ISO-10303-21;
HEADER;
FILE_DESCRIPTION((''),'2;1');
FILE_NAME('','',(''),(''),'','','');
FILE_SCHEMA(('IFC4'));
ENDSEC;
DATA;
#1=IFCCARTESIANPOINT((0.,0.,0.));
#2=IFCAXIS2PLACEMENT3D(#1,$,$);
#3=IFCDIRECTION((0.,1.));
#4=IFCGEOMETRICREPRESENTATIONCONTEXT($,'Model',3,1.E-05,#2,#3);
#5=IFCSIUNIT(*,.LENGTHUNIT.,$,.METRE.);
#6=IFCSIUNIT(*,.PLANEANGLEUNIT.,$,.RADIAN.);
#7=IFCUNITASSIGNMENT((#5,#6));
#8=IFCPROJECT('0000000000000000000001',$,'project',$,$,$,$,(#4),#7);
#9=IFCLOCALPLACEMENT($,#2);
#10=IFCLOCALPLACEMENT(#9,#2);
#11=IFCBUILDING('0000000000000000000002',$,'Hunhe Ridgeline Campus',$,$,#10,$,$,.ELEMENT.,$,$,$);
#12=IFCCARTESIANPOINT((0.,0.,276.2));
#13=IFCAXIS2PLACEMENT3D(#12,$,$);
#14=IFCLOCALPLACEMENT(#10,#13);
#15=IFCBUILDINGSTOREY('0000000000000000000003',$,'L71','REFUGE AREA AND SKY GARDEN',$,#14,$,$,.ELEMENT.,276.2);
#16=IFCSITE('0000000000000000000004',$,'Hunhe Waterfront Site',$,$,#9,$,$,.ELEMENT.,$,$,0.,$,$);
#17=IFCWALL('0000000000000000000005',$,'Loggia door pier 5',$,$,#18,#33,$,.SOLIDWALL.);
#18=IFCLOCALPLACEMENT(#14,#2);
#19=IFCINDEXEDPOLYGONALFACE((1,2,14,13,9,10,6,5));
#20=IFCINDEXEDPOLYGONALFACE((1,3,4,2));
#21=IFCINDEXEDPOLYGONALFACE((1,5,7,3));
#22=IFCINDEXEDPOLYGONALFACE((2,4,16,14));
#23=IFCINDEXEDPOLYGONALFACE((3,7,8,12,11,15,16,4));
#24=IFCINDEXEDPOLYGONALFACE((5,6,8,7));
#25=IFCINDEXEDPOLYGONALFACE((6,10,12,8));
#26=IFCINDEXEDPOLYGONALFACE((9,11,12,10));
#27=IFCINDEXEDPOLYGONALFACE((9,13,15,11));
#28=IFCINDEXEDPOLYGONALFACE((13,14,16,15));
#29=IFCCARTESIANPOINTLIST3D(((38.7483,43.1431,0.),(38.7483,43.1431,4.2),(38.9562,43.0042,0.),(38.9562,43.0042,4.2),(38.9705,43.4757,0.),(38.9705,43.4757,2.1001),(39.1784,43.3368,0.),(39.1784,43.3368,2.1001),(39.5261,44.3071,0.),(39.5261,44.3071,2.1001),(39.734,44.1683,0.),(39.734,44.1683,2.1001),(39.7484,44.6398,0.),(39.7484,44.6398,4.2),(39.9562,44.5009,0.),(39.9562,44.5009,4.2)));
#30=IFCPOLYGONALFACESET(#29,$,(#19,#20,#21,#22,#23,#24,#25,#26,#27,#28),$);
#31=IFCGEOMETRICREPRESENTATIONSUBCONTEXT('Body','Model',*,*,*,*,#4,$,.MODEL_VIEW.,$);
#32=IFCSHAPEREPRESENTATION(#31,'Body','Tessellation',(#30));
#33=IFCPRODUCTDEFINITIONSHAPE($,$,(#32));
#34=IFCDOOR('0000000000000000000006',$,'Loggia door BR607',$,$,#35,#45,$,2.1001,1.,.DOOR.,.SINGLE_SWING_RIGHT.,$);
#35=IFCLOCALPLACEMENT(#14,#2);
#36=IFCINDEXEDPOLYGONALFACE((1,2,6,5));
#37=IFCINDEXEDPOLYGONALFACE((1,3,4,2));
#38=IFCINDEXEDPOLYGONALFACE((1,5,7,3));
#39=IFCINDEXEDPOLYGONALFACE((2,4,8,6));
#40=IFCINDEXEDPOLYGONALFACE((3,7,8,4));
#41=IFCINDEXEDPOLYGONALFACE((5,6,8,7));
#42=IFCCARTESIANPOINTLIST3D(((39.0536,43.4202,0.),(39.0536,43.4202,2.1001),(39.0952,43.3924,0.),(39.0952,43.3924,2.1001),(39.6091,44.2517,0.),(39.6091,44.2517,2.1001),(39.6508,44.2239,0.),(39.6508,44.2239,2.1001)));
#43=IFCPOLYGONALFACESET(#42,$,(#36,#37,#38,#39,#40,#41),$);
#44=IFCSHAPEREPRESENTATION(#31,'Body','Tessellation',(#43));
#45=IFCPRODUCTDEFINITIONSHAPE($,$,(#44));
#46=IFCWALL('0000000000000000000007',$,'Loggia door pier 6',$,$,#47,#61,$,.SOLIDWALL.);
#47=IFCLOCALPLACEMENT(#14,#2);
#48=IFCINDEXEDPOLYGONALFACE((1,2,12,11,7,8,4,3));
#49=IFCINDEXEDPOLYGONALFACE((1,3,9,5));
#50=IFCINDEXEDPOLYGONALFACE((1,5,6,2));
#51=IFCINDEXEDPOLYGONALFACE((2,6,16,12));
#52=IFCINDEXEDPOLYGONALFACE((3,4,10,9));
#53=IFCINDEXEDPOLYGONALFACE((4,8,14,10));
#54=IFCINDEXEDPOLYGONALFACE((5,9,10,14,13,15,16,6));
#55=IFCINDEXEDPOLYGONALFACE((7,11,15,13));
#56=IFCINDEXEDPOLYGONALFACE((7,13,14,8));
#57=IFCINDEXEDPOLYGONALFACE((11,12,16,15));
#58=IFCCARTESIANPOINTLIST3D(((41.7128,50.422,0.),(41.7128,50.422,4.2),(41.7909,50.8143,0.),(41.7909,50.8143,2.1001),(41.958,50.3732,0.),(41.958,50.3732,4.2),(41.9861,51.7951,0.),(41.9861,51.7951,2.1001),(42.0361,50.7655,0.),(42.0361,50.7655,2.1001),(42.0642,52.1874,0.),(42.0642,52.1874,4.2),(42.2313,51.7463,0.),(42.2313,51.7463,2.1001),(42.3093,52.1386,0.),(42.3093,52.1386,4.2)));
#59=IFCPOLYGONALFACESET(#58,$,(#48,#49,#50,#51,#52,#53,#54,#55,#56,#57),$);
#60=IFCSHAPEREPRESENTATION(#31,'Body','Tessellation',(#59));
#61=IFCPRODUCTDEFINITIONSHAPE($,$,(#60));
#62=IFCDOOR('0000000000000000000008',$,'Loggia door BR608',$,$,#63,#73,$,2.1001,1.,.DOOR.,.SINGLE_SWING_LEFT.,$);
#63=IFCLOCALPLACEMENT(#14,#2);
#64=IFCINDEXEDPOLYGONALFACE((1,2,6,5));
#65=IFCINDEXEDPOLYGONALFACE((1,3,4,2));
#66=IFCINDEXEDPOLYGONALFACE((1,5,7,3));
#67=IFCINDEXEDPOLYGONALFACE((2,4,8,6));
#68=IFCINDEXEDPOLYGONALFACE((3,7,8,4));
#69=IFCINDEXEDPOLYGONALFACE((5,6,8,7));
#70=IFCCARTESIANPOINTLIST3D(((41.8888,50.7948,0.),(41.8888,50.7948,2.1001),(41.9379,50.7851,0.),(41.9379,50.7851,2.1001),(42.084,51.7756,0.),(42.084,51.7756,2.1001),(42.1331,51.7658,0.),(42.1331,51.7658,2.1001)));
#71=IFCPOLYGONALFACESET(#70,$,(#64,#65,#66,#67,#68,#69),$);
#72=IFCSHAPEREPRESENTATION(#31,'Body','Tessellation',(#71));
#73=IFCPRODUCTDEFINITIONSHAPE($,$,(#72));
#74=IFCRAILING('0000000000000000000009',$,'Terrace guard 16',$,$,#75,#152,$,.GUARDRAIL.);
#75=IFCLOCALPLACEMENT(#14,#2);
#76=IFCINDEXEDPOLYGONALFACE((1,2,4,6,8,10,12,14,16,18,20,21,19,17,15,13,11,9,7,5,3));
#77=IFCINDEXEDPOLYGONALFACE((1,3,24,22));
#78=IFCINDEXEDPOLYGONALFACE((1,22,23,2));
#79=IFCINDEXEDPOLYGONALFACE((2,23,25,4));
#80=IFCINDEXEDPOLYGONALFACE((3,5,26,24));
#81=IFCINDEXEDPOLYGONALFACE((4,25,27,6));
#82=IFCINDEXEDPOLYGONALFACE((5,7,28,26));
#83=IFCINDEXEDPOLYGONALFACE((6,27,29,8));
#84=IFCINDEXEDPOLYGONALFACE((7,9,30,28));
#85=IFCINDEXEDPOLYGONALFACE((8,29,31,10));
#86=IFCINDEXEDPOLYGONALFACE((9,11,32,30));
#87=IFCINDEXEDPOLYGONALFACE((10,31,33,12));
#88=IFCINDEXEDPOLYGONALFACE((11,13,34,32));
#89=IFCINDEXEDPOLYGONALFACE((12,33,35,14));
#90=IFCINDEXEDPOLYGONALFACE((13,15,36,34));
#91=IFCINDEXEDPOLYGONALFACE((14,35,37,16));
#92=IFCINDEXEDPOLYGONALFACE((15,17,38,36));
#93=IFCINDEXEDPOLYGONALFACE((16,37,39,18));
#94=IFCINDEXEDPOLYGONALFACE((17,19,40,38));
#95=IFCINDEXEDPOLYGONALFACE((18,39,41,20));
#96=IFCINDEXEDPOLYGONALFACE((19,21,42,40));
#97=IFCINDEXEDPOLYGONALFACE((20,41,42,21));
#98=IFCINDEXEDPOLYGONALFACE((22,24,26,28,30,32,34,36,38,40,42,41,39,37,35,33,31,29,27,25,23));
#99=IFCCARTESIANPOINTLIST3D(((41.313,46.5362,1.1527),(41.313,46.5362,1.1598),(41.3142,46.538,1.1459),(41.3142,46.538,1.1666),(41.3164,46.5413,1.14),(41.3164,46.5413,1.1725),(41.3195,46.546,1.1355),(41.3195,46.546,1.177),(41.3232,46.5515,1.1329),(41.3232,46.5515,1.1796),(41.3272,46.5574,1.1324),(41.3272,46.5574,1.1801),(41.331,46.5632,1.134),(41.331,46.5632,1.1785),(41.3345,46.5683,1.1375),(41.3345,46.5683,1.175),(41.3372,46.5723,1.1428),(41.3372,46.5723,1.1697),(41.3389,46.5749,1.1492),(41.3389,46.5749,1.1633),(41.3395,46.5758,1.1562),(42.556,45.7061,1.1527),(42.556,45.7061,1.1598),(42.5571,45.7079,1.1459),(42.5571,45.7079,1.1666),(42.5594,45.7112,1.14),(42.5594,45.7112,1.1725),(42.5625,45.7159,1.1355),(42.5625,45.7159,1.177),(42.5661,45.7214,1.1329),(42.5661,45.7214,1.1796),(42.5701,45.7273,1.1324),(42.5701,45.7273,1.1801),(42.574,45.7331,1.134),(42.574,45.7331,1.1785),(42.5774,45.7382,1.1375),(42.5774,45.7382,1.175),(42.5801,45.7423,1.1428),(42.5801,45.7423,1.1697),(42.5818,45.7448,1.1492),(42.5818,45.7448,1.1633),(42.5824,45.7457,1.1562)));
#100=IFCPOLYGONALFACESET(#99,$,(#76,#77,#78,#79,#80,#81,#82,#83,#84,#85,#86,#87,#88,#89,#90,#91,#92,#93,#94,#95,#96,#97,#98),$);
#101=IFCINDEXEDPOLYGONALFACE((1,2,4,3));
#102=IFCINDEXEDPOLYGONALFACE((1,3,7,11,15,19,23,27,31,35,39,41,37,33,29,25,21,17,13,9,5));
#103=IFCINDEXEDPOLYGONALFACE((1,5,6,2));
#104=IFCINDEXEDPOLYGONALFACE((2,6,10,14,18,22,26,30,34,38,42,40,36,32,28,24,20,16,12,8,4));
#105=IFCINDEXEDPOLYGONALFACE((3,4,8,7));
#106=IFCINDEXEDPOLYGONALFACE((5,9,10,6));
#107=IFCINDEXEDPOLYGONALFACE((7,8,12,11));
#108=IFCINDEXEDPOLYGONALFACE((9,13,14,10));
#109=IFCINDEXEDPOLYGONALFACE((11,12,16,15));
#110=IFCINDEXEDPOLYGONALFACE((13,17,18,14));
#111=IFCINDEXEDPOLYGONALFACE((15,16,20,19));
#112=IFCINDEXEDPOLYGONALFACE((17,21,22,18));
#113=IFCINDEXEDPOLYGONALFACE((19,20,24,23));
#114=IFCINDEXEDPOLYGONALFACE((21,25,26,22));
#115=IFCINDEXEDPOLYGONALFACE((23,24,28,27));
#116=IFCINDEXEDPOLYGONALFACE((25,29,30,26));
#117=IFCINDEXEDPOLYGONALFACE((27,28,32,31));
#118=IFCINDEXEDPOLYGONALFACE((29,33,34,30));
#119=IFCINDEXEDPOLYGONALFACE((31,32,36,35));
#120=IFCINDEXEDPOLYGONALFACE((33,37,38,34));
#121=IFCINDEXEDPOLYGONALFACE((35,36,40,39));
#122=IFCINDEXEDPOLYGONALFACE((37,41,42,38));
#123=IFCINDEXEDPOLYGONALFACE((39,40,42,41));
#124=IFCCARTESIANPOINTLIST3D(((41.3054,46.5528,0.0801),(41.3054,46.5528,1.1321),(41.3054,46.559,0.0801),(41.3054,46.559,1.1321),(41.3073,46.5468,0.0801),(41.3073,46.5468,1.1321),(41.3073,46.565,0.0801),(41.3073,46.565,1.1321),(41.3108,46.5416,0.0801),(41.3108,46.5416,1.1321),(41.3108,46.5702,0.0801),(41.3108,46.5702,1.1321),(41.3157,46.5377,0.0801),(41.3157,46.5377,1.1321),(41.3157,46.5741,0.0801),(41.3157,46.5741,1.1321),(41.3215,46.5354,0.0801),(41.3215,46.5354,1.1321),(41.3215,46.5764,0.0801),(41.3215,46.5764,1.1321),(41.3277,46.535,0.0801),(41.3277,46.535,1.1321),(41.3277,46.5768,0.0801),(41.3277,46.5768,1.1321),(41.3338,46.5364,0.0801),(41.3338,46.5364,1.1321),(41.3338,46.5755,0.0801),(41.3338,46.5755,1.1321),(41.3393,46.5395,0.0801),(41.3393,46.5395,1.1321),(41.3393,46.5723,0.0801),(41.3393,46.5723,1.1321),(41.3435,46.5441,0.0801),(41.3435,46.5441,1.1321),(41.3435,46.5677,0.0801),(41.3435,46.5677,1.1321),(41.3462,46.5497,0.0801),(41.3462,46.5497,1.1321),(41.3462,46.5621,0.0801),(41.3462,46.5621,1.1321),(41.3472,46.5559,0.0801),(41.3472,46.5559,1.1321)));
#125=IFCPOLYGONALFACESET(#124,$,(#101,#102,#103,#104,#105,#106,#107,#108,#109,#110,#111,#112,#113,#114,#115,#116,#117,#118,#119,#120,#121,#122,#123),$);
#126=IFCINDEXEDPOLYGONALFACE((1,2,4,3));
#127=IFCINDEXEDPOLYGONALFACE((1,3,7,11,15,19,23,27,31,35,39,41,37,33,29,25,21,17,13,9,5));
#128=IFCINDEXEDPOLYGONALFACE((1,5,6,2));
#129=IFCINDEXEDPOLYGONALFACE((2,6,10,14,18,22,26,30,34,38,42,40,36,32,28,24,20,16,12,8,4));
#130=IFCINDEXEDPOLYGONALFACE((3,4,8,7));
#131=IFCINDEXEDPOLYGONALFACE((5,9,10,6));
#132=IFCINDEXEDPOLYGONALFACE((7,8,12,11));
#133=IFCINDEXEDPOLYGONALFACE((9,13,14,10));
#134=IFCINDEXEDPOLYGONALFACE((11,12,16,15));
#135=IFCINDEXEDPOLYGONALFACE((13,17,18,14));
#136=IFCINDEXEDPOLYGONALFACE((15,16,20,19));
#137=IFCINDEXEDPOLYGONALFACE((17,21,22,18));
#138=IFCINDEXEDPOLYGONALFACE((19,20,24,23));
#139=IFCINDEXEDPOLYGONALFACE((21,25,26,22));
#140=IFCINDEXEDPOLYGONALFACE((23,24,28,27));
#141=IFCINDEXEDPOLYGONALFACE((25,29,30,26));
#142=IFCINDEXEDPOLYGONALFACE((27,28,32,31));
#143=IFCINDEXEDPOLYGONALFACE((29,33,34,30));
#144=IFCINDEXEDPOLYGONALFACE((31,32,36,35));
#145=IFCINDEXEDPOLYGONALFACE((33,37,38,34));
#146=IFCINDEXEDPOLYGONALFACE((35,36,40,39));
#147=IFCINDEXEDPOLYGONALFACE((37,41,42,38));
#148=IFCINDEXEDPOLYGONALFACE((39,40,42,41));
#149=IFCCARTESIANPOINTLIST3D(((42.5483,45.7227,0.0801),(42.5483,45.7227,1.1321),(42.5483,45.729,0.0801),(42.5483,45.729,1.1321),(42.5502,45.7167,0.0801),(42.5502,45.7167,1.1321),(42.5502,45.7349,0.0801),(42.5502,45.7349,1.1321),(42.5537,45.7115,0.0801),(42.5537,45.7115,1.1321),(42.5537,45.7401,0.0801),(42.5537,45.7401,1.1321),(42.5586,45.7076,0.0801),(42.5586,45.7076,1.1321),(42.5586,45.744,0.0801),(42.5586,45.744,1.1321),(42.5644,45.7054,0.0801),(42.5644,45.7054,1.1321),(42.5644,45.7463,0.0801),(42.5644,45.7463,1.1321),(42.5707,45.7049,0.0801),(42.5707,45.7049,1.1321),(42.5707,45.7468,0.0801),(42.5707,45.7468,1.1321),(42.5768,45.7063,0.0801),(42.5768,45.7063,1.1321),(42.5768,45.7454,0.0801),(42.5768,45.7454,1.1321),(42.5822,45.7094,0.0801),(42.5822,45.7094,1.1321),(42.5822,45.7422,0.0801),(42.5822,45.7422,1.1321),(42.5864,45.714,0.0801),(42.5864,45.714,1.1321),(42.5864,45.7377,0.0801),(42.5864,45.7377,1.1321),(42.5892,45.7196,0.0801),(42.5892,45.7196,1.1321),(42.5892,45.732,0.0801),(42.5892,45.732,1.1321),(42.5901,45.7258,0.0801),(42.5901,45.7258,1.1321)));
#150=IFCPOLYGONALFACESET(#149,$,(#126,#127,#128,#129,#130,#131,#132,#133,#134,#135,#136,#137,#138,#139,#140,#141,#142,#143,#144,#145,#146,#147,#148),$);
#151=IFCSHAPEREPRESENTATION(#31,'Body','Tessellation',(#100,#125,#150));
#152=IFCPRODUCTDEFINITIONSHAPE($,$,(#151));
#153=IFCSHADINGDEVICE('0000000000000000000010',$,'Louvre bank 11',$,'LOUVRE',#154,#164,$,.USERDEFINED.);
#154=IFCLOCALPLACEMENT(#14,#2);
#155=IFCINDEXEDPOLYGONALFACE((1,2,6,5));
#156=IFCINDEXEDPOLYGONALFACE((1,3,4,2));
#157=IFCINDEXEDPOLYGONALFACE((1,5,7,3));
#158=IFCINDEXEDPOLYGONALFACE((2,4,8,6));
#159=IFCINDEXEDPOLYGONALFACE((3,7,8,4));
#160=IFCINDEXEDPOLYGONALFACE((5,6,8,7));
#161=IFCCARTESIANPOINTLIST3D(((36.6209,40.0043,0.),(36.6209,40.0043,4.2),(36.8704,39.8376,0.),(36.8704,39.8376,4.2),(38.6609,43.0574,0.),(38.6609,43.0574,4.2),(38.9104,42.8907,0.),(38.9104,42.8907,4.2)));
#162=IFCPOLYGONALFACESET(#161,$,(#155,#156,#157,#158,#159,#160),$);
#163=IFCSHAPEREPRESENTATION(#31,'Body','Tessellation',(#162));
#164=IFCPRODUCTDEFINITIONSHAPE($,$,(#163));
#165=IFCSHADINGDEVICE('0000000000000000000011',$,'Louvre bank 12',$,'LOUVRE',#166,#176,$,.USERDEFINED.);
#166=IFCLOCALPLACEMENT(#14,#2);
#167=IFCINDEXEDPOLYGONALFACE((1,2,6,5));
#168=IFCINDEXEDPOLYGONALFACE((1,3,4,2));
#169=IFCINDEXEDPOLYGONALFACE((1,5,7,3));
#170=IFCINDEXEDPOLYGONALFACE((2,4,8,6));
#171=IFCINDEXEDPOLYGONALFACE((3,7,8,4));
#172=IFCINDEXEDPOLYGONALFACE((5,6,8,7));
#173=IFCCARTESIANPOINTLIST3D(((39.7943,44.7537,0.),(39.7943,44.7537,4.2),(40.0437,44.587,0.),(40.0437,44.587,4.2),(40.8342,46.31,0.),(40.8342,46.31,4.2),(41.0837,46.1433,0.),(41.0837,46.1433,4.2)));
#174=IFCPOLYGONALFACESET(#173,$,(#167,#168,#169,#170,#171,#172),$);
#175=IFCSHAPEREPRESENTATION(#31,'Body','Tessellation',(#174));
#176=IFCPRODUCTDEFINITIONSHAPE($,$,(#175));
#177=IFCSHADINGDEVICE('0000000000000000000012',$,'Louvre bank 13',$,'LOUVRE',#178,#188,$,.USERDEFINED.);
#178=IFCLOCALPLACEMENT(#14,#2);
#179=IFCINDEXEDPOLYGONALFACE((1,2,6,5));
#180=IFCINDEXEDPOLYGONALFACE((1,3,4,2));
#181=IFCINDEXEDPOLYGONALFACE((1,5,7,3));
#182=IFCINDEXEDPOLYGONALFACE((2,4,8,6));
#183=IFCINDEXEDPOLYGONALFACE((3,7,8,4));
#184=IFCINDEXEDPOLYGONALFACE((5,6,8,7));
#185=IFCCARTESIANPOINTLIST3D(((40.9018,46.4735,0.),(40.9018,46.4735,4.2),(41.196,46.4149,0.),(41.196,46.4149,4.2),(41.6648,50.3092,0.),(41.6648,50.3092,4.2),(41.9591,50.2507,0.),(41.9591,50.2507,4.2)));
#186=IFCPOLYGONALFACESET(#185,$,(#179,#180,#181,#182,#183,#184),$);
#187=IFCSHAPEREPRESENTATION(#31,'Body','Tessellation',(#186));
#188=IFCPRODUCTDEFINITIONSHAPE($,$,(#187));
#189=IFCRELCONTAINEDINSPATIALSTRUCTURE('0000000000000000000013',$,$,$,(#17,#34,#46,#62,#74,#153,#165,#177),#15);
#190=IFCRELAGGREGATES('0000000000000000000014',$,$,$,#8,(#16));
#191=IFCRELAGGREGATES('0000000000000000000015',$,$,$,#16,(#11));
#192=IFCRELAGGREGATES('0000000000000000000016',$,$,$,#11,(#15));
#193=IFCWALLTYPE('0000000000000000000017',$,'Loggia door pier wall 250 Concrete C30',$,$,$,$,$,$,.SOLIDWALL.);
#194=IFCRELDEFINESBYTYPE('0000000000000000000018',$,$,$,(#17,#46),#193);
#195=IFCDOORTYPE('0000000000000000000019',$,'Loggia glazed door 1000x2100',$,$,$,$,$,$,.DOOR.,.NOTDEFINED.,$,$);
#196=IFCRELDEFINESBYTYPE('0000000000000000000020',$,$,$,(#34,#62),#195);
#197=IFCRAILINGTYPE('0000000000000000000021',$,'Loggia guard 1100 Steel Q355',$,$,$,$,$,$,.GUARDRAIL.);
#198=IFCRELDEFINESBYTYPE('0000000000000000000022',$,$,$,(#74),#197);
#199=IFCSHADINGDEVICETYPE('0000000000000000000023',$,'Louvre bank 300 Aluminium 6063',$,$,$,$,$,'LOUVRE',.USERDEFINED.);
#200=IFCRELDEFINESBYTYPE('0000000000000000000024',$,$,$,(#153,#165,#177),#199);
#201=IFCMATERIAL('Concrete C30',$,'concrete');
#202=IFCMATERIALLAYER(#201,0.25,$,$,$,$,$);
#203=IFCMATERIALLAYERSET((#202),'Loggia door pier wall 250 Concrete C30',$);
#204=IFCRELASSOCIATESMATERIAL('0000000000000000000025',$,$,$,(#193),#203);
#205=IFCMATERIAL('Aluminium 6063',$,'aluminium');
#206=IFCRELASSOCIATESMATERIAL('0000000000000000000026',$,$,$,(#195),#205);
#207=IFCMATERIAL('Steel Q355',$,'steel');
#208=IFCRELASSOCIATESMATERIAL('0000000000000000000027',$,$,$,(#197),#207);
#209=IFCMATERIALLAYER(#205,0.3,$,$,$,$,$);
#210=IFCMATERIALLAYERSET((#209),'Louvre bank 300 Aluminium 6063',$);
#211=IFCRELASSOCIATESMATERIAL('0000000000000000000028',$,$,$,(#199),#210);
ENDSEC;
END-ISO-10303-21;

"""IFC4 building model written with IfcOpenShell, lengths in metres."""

from ifc_helpers import new_model, si_unit, direction, frame, frame_2d, origin, origin_2d, place, context, subcontext, project, spatial, rectangle, circle, extrude, material, layer, layer_set, type_object, element, fill, save


model = new_model("IFC4")

# Units and contexts
model_context = context("Model", 3, precision=1e-05, world=origin(), true_north=direction((0.0, 1.0)))
body_context = subcontext(model_context, "Body", "Model", "MODEL_VIEW")
ifc_project = project(units=[si_unit("LENGTHUNIT", "METRE"), si_unit("PLANEANGLEUNIT", "RADIAN")], contexts=[model_context])

# Site, building, storey
site_placement = place(None, origin())
site = spatial("IfcSite", under=ifc_project, at=site_placement, Name="Hunhe Waterfront Site", CompositionType="ELEMENT", RefElevation=0.0)
building_placement = place(site_placement, origin())
building = spatial("IfcBuilding", under=site, at=building_placement, Name="Hunhe Ridgeline Campus", CompositionType="ELEMENT")
storey_placement = place(building_placement, frame((0.0, 0.0, 276.2)))
storey = spatial("IfcBuildingStorey", under=building, at=storey_placement, Name="L71", Description="REFUGE AREA AND SKY GARDEN", CompositionType="ELEMENT", Elevation=276.2)

# Shared definitions
ifc_material_1 = material(Name="Aluminium 6063", Category="aluminium")

# Walls, openings, doors
ifc_material_2 = material(Name="Concrete C30", Category="concrete")
ifc_layer_1 = layer(ifc_material_2, 0.25)
ifc_layer_set_1 = layer_set([ifc_layer_1], Name="Loggia door pier wall 250 Concrete C30")
wall_type_1 = type_object("IfcWallType", Name="Loggia door pier wall 250 Concrete C30", PredefinedType="SOLIDWALL", material=ifc_layer_set_1)
wall_1_placement = place(storey_placement, frame((38.8523, 43.0737, 0.0), z_axis=(0.0, 0.0, 1.0), x_axis=(0.555576, 0.831466, 0.0)))
wall_1 = element("IfcWall", 1, at=wall_1_placement, inside=storey, type_object=wall_type_1, Name="Loggia door pier 5", PredefinedType="SOLIDWALL", context=body_context, shape_type="SweptSolid", body=[
    extrude(rectangle(XDim=1.8, YDim=0.25, at=frame_2d((0.8999, 0.0))), origin(), (0.0, 0.0, 1.0), 4.2),
])
opening_1_placement = place(wall_1_placement, frame((0.3999, 0.0, 0.0)))
opening_1 = element("IfcOpeningElement", 2, at=opening_1_placement, cuts=wall_1, PredefinedType="OPENING", context=body_context, shape_type="SweptSolid", body=[
    extrude(rectangle(XDim=1.0, YDim=2.1001, at=frame_2d((0.5, 1.05))), frame((0.0, 0.125, 0.0), z_axis=(0.0, -1.0, 0.0), x_axis=(1.0, 0.0, 0.0)), (0.0, 0.0, 1.0), 0.25),
])
door_type_1 = type_object("IfcDoorType", Name="Loggia glazed door 1000x2100", OperationType="NOTDEFINED", PredefinedType="DOOR", material=ifc_material_1)
door_1_placement = place(opening_1_placement, frame((1.0, 0.0, 0.0), z_axis=(0.0, 0.0, 1.0), x_axis=(-1.0, 0.0, 0.0)))
door_1 = element("IfcDoor", 3, at=door_1_placement, inside=storey, type_object=door_type_1, Name="Loggia door BR607", OperationType="SINGLE_SWING_RIGHT", OverallHeight=2.1001, OverallWidth=1.0, PredefinedType="DOOR", context=body_context, shape_type="SweptSolid", body=[
    extrude(rectangle(XDim=1.0, YDim=2.1001, at=frame_2d((0.5, 1.05))), frame((0.0, 0.0249, 0.0), z_axis=(0.0, -1.0, 0.0), x_axis=(1.0, 0.0, 0.0)), (0.0, 0.0, 1.0), 0.05),
])
fill(opening_1, door_1)
wall_2_placement = place(storey_placement, frame((41.8354, 50.3977, 0.0), z_axis=(0.0, 0.0, 1.0), x_axis=(0.195177, 0.980768, 0.0)))
wall_2 = element("IfcWall", 4, at=wall_2_placement, inside=storey, type_object=wall_type_1, Name="Loggia door pier 6", PredefinedType="SOLIDWALL", context=body_context, shape_type="SweptSolid", body=[
    extrude(rectangle(XDim=1.8, YDim=0.25, at=frame_2d((0.8999, 0.0))), origin(), (0.0, 0.0, 1.0), 4.2),
])
opening_2_placement = place(wall_2_placement, frame((0.3999, 0.0, 0.0)))
opening_2 = element("IfcOpeningElement", 5, at=opening_2_placement, cuts=wall_2, PredefinedType="OPENING", context=body_context, shape_type="SweptSolid", body=[
    extrude(rectangle(XDim=1.0, YDim=2.1001, at=frame_2d((0.5, 1.05))), frame((0.0, 0.125, 0.0), z_axis=(0.0, -1.0, 0.0), x_axis=(1.0, 0.0, 0.0)), (0.0, 0.0, 1.0), 0.25),
])
door_2_placement = place(opening_2_placement, frame((1.0, 0.0, 0.0), z_axis=(0.0, 0.0, 1.0), x_axis=(-1.0, 0.0, 0.0)))
door_2 = element("IfcDoor", 6, at=door_2_placement, inside=storey, type_object=door_type_1, Name="Loggia door BR608", OperationType="SINGLE_SWING_LEFT", OverallHeight=2.1001, OverallWidth=1.0, PredefinedType="DOOR", context=body_context, shape_type="SweptSolid", body=[
    extrude(rectangle(XDim=1.0, YDim=2.1001, at=frame_2d((0.5, 1.05))), frame((0.0, 0.0249, 0.0), z_axis=(0.0, -1.0, 0.0), x_axis=(1.0, 0.0, 0.0)), (0.0, 0.0, 1.0), 0.05),
])
fill(opening_2, door_2)

# Railing
ifc_material_3 = material(Name="Steel Q355", Category="steel")
railing_type = type_object("IfcRailingType", Name="Loggia guard 1100 Steel Q355", PredefinedType="GUARDRAIL", material=ifc_material_3)
railing_placement = place(storey_placement, frame((41.3262, 46.5559, 0.0801)))
element("IfcRailing", 7, at=railing_placement, inside=storey, type_object=railing_type, Name="Terrace guard 16", PredefinedType="GUARDRAIL", context=body_context, shape_type="SweptSolid", body=[
    extrude(circle(Radius=0.0239, at=origin_2d()), frame((0.0, 0.0, 1.0762), z_axis=(0.831598, -0.555379, 0.0), x_axis=(0.555379, 0.831598, 0.0)), (0.0, 0.0, 1.0), 1.4946),
    extrude(circle(Radius=0.021, at=origin_2d()), origin(), (0.0, 0.0, 1.0), 1.052),
    extrude(circle(Radius=0.021, at=origin_2d()), frame((1.2429, -0.8301, 0.0)), (0.0, 0.0, 1.0), 1.052),
])

# Shading devices
ifc_layer_2 = layer(ifc_material_1, 0.3)
ifc_layer_set_2 = layer_set([ifc_layer_2], Name="Louvre bank 300 Aluminium 6063")
shading_device_type = type_object("IfcShadingDeviceType", Name="Louvre bank 300 Aluminium 6063", ElementType="LOUVRE", PredefinedType="USERDEFINED", material=ifc_layer_set_2)
shading_device_1_placement = place(storey_placement, frame((37.7656, 41.4475, 0.0), z_axis=(0.0, 0.0, 1.0), x_axis=(0.55557, 0.83147, 0.0)))
element("IfcShadingDevice", 8, at=shading_device_1_placement, inside=storey, type_object=shading_device_type, Name="Louvre bank 11", ObjectType="LOUVRE", PredefinedType="USERDEFINED", context=body_context, shape_type="SweptSolid", body=[
    extrude(rectangle(XDim=3.6719, YDim=0.3, at=origin_2d()), origin(), (0.0, 0.0, 1.0), 4.2),
])
shading_device_2_placement = place(storey_placement, frame((40.439, 45.4485, 0.0), z_axis=(0.0, 0.0, 1.0), x_axis=(0.55557, 0.83147, 0.0)))
element("IfcShadingDevice", 9, at=shading_device_2_placement, inside=storey, type_object=shading_device_type, Name="Louvre bank 12", ObjectType="LOUVRE", PredefinedType="USERDEFINED", context=body_context, shape_type="SweptSolid", body=[
    extrude(rectangle(XDim=1.8718, YDim=0.3, at=origin_2d()), origin(), (0.0, 0.0, 1.0), 4.2),
])
shading_device_3_placement = place(storey_placement, frame((41.4304, 48.3621, 0.0), z_axis=(0.0, 0.0, 1.0), x_axis=(0.195104, 0.980783, 0.0)))
element("IfcShadingDevice", 10, at=shading_device_3_placement, inside=storey, type_object=shading_device_type, Name="Louvre bank 13", ObjectType="LOUVRE", PredefinedType="USERDEFINED", context=body_context, shape_type="SweptSolid", body=[
    extrude(rectangle(XDim=3.9109, YDim=0.3, at=origin_2d()), origin(), (0.0, 0.0, 1.0), 4.2),
])

save(model, "model.ifc")
